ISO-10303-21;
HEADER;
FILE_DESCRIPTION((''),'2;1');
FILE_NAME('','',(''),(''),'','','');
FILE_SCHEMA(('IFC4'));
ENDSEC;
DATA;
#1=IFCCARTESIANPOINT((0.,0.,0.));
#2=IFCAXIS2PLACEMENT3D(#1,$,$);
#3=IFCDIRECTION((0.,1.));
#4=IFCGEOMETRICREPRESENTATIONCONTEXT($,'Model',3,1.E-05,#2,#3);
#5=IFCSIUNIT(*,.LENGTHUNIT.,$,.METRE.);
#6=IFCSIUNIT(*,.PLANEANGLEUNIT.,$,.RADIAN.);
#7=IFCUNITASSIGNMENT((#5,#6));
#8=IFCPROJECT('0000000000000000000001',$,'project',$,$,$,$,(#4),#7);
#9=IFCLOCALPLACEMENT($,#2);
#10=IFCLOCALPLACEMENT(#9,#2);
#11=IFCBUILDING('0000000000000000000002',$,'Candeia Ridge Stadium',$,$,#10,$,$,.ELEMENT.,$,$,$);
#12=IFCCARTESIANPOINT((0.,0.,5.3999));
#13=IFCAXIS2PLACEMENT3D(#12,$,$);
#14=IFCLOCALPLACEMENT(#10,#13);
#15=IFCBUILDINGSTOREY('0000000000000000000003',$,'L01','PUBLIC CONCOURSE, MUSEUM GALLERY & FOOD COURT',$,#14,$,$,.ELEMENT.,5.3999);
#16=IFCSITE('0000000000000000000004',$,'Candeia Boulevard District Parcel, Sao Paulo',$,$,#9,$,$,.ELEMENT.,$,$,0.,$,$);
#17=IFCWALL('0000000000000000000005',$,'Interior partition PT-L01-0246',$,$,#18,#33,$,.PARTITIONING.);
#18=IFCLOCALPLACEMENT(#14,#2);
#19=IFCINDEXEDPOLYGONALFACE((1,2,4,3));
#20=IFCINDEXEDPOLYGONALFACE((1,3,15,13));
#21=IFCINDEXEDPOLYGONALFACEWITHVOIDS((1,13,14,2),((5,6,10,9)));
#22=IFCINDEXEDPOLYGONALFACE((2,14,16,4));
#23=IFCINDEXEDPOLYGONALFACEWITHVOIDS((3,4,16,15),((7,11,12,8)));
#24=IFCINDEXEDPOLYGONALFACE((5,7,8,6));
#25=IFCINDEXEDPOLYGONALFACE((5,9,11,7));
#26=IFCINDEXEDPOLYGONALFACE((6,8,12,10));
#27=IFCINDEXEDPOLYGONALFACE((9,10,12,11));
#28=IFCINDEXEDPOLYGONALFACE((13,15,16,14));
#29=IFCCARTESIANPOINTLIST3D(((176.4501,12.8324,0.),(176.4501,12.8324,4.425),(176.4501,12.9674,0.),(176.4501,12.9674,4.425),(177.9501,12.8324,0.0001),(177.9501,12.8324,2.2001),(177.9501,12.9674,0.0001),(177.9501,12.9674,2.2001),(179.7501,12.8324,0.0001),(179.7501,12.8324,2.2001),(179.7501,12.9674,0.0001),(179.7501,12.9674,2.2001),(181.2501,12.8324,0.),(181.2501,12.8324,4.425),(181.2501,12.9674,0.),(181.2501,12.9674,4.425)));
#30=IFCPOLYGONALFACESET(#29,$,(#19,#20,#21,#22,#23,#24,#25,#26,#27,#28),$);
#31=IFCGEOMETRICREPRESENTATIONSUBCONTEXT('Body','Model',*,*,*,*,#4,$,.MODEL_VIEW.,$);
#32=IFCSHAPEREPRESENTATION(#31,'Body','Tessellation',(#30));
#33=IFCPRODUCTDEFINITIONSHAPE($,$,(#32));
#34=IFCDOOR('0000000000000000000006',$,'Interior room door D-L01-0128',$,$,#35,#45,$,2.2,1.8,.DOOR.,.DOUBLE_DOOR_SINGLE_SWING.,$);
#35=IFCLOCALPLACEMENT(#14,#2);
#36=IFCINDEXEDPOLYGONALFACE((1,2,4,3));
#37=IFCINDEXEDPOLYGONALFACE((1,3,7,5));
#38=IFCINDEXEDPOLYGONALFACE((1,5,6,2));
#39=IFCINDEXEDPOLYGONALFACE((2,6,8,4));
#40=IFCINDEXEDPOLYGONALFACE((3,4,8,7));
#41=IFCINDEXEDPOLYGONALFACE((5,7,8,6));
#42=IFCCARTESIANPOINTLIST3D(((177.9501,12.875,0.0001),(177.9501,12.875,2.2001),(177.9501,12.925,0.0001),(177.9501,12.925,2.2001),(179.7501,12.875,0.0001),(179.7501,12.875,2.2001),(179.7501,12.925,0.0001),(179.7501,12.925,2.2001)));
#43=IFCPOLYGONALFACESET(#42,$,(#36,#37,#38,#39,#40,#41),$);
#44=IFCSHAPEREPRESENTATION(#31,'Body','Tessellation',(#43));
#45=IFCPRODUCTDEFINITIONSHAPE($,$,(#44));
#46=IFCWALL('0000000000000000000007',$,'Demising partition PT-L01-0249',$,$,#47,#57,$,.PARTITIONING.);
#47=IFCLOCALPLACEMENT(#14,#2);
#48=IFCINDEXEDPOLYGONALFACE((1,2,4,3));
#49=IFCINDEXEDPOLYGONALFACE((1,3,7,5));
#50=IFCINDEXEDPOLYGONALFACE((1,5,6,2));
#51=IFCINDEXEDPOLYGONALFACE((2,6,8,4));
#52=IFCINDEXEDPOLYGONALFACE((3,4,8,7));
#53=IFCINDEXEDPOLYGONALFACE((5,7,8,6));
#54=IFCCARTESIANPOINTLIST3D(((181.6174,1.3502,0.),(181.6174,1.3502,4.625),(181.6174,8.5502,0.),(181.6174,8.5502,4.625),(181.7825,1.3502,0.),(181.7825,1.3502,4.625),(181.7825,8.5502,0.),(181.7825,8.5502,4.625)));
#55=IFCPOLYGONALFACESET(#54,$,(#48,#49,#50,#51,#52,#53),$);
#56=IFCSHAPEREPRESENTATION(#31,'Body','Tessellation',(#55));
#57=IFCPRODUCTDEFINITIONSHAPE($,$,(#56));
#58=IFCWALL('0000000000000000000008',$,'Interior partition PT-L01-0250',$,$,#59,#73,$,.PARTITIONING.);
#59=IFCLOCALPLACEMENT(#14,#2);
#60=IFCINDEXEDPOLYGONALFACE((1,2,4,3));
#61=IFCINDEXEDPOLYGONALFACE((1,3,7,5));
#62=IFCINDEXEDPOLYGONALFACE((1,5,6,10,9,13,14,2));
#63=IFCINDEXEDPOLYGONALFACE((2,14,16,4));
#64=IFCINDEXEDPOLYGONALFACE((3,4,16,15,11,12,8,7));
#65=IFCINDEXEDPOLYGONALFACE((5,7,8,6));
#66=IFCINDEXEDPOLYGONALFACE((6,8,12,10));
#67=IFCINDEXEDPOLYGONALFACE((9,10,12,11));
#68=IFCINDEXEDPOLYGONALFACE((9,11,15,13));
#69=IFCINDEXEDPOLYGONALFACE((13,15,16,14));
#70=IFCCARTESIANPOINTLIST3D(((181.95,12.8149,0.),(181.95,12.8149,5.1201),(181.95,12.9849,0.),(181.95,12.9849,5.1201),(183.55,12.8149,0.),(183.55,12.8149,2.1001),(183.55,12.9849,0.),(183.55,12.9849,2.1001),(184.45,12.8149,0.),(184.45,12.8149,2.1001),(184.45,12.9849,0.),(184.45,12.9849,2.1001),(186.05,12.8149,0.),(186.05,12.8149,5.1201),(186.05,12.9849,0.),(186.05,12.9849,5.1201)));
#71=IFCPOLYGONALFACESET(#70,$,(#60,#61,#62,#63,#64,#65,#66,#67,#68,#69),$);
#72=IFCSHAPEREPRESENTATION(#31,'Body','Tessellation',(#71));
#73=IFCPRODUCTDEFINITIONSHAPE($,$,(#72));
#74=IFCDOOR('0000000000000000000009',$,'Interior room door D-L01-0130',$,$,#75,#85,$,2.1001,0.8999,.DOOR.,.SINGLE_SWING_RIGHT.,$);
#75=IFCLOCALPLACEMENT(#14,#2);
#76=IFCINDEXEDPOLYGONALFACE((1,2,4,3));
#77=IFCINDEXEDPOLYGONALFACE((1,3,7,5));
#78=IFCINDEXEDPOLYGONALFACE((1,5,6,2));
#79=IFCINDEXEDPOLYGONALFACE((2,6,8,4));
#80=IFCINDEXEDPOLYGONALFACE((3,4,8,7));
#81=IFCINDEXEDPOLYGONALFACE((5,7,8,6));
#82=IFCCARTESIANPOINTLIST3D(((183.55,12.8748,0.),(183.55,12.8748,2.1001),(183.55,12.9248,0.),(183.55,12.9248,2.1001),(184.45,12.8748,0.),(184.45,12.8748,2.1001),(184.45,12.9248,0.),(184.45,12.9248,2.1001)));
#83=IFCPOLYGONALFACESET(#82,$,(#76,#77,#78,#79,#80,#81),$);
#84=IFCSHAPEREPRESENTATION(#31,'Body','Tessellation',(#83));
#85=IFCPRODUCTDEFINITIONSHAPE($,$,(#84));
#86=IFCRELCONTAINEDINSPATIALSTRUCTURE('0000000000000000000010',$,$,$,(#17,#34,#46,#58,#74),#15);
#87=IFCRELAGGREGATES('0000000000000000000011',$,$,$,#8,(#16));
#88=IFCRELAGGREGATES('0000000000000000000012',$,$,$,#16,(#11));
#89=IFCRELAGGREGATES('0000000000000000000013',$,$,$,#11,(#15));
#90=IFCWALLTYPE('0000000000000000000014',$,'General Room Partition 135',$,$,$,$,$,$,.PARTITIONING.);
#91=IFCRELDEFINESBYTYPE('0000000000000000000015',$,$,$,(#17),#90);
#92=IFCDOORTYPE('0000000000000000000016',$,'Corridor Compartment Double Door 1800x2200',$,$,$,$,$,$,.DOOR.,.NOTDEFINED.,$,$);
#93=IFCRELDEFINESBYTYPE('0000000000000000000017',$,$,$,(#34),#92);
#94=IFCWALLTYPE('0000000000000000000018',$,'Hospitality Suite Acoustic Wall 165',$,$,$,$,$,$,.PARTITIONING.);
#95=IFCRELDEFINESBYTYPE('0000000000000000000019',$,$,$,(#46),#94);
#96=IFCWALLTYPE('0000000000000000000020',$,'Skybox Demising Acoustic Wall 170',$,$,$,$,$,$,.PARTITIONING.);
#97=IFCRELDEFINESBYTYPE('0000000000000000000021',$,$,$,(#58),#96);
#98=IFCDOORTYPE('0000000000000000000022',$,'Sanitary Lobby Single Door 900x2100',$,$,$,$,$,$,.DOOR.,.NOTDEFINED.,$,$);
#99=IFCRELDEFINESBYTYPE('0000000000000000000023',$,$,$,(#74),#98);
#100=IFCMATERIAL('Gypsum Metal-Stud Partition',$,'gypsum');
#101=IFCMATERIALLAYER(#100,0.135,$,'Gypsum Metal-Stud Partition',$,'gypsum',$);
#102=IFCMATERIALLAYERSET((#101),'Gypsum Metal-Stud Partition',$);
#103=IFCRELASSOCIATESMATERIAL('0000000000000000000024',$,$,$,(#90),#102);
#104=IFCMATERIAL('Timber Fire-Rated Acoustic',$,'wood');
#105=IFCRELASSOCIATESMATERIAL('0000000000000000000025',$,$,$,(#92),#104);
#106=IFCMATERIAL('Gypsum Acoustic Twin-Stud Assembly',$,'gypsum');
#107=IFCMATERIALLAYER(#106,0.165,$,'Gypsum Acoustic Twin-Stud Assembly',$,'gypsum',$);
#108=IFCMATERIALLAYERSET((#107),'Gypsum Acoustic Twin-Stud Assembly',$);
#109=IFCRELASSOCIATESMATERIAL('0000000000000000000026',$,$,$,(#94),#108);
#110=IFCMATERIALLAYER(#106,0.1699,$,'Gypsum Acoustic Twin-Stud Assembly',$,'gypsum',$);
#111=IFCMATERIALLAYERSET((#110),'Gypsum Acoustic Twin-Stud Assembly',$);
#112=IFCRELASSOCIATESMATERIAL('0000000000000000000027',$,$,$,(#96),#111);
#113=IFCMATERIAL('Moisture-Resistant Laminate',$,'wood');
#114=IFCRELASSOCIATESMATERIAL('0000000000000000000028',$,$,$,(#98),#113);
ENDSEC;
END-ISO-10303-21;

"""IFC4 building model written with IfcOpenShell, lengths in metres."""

from ifc_helpers import new_model, si_unit, direction, frame, frame_2d, origin, place, context, subcontext, project, spatial, rectangle, extrude, material, layer, layer_set, type_object, element, fill, save


model = new_model("IFC4")

# Units and contexts
model_context = context("Model", 3, precision=1e-05, world=origin(), true_north=direction((0.0, 1.0)))
body_context = subcontext(model_context, "Body", "Model", "MODEL_VIEW")
ifc_project = project(units=[si_unit("LENGTHUNIT", "METRE"), si_unit("PLANEANGLEUNIT", "RADIAN")], contexts=[model_context])

# Site, building, storey
site_placement = place(None, origin())
site = spatial("IfcSite", under=ifc_project, at=site_placement, Name="Candeia Boulevard District Parcel, Sao Paulo", CompositionType="ELEMENT", RefElevation=0.0)
building_placement = place(site_placement, origin())
building = spatial("IfcBuilding", under=site, at=building_placement, Name="Candeia Ridge Stadium", CompositionType="ELEMENT")
storey_placement = place(building_placement, frame((0.0, 0.0, 5.3999)))
storey = spatial("IfcBuildingStorey", under=building, at=storey_placement, Name="L01", Description="PUBLIC CONCOURSE, MUSEUM GALLERY & FOOD COURT", CompositionType="ELEMENT", Elevation=5.3999)

# Shared definitions
ifc_material_1 = material(Name="Gypsum Metal-Stud Partition", Category="gypsum")

# Wall, opening, door
ifc_layer_1 = layer(ifc_material_1, 0.135, Name="Gypsum Metal-Stud Partition", Category="gypsum")
ifc_layer_set_1 = layer_set([ifc_layer_1], Name="Gypsum Metal-Stud Partition")
wall_type_1 = type_object("IfcWallType", Name="General Room Partition 135", PredefinedType="PARTITIONING", material=ifc_layer_set_1)
wall_1_placement = place(storey_placement, frame((181.25, 12.8999, 0.0), z_axis=(0.0, 0.0, 1.0), x_axis=(-1.0, 0.0, 0.0)))
wall_1 = element("IfcWall", 1, at=wall_1_placement, inside=storey, type_object=wall_type_1, Name="Interior partition PT-L01-0246", PredefinedType="PARTITIONING", context=body_context, shape_type="SweptSolid", body=[
    extrude(rectangle(XDim=4.8, YDim=0.135, at=frame_2d((2.3999, 0.0))), origin(), (0.0, 0.0, 1.0), 4.425),
])
opening_1_placement = place(wall_1_placement, frame((1.5, 0.0, 0.0)))
opening_1 = element("IfcOpeningElement", 2, at=opening_1_placement, cuts=wall_1, PredefinedType="OPENING", context=body_context, shape_type="SweptSolid", body=[
    extrude(rectangle(XDim=1.8, YDim=2.2, at=frame_2d((0.8999, 1.1001))), frame((0.0, 0.0774, 0.0), z_axis=(0.0, -1.0, 0.0), x_axis=(1.0, 0.0, 0.0)), (0.0, 0.0, 1.0), 0.155),
])
ifc_material_2 = material(Name="Timber Fire-Rated Acoustic", Category="wood")
door_type_1 = type_object("IfcDoorType", Name="Corridor Compartment Double Door 1800x2200", OperationType="NOTDEFINED", PredefinedType="DOOR", material=ifc_material_2)
door_1_placement = place(opening_1_placement, origin())
door_1 = element("IfcDoor", 3, at=door_1_placement, inside=storey, type_object=door_type_1, Name="Interior room door D-L01-0128", OperationType="DOUBLE_DOOR_SINGLE_SWING", OverallHeight=2.2, OverallWidth=1.8, PredefinedType="DOOR", context=body_context, shape_type="SweptSolid", body=[
    extrude(rectangle(XDim=1.8, YDim=2.2, at=frame_2d((0.8999, 1.1001))), frame((0.0, 0.0249, 0.0), z_axis=(0.0, -1.0, 0.0), x_axis=(1.0, 0.0, 0.0)), (0.0, 0.0, 1.0), 0.05),
])
fill(opening_1, door_1)

# Wall
ifc_material_3 = material(Name="Gypsum Acoustic Twin-Stud Assembly", Category="gypsum")
ifc_layer_2 = layer(ifc_material_3, 0.165, Name="Gypsum Acoustic Twin-Stud Assembly", Category="gypsum")
ifc_layer_set_2 = layer_set([ifc_layer_2], Name="Gypsum Acoustic Twin-Stud Assembly")
wall_type_2 = type_object("IfcWallType", Name="Hospitality Suite Acoustic Wall 165", PredefinedType="PARTITIONING", material=ifc_layer_set_2)
wall_2_placement = place(storey_placement, frame((181.7, 1.3501, 0.0), z_axis=(0.0, 0.0, 1.0), x_axis=(0.0, 1.0, 0.0)))
element("IfcWall", 4, at=wall_2_placement, inside=storey, type_object=wall_type_2, Name="Demising partition PT-L01-0249", PredefinedType="PARTITIONING", context=body_context, shape_type="SweptSolid", body=[
    extrude(rectangle(XDim=7.2, YDim=0.165, at=frame_2d((3.6001, 0.0))), origin(), (0.0, 0.0, 1.0), 4.625),
])

# Wall, opening, door
ifc_layer_3 = layer(ifc_material_3, 0.1699, Name="Gypsum Acoustic Twin-Stud Assembly", Category="gypsum")
ifc_layer_set_3 = layer_set([ifc_layer_3], Name="Gypsum Acoustic Twin-Stud Assembly")
wall_type_3 = type_object("IfcWallType", Name="Skybox Demising Acoustic Wall 170", PredefinedType="PARTITIONING", material=ifc_layer_set_3)
wall_3_placement = place(storey_placement, frame((186.05, 12.8999, 0.0), z_axis=(0.0, 0.0, 1.0), x_axis=(-1.0, 0.0, 0.0)))
wall_3 = element("IfcWall", 5, at=wall_3_placement, inside=storey, type_object=wall_type_3, Name="Interior partition PT-L01-0250", PredefinedType="PARTITIONING", context=body_context, shape_type="SweptSolid", body=[
    extrude(rectangle(XDim=4.1001, YDim=0.1699, at=frame_2d((2.05, 0.0))), origin(), (0.0, 0.0, 1.0), 5.1201),
])
opening_2_placement = place(wall_3_placement, frame((1.6001, 0.0, 0.0)))
opening_2 = element("IfcOpeningElement", 6, at=opening_2_placement, cuts=wall_3, PredefinedType="OPENING", context=body_context, shape_type="SweptSolid", body=[
    extrude(rectangle(XDim=0.8999, YDim=2.1001, at=frame_2d((0.45, 1.05))), frame((0.0, 0.095, 0.0), z_axis=(0.0, -1.0, 0.0), x_axis=(1.0, 0.0, 0.0)), (0.0, 0.0, 1.0), 0.1899),
])
ifc_material_4 = material(Name="Moisture-Resistant Laminate", Category="wood")
door_type_2 = type_object("IfcDoorType", Name="Sanitary Lobby Single Door 900x2100", OperationType="NOTDEFINED", PredefinedType="DOOR", material=ifc_material_4)
door_2_placement = place(opening_2_placement, frame((0.8999, 0.0, 0.0), z_axis=(0.0, 0.0, 1.0), x_axis=(-1.0, 0.0, 0.0)))
door_2 = element("IfcDoor", 7, at=door_2_placement, inside=storey, type_object=door_type_2, Name="Interior room door D-L01-0130", OperationType="SINGLE_SWING_RIGHT", OverallHeight=2.1001, OverallWidth=0.8999, PredefinedType="DOOR", context=body_context, shape_type="SweptSolid", body=[
    extrude(rectangle(XDim=0.8999, YDim=2.1001, at=frame_2d((0.45, 1.05))), frame((0.0, 0.0249, 0.0), z_axis=(0.0, -1.0, 0.0), x_axis=(1.0, 0.0, 0.0)), (0.0, 0.0, 1.0), 0.05),
])
fill(opening_2, door_2)

save(model, "model.ifc")
